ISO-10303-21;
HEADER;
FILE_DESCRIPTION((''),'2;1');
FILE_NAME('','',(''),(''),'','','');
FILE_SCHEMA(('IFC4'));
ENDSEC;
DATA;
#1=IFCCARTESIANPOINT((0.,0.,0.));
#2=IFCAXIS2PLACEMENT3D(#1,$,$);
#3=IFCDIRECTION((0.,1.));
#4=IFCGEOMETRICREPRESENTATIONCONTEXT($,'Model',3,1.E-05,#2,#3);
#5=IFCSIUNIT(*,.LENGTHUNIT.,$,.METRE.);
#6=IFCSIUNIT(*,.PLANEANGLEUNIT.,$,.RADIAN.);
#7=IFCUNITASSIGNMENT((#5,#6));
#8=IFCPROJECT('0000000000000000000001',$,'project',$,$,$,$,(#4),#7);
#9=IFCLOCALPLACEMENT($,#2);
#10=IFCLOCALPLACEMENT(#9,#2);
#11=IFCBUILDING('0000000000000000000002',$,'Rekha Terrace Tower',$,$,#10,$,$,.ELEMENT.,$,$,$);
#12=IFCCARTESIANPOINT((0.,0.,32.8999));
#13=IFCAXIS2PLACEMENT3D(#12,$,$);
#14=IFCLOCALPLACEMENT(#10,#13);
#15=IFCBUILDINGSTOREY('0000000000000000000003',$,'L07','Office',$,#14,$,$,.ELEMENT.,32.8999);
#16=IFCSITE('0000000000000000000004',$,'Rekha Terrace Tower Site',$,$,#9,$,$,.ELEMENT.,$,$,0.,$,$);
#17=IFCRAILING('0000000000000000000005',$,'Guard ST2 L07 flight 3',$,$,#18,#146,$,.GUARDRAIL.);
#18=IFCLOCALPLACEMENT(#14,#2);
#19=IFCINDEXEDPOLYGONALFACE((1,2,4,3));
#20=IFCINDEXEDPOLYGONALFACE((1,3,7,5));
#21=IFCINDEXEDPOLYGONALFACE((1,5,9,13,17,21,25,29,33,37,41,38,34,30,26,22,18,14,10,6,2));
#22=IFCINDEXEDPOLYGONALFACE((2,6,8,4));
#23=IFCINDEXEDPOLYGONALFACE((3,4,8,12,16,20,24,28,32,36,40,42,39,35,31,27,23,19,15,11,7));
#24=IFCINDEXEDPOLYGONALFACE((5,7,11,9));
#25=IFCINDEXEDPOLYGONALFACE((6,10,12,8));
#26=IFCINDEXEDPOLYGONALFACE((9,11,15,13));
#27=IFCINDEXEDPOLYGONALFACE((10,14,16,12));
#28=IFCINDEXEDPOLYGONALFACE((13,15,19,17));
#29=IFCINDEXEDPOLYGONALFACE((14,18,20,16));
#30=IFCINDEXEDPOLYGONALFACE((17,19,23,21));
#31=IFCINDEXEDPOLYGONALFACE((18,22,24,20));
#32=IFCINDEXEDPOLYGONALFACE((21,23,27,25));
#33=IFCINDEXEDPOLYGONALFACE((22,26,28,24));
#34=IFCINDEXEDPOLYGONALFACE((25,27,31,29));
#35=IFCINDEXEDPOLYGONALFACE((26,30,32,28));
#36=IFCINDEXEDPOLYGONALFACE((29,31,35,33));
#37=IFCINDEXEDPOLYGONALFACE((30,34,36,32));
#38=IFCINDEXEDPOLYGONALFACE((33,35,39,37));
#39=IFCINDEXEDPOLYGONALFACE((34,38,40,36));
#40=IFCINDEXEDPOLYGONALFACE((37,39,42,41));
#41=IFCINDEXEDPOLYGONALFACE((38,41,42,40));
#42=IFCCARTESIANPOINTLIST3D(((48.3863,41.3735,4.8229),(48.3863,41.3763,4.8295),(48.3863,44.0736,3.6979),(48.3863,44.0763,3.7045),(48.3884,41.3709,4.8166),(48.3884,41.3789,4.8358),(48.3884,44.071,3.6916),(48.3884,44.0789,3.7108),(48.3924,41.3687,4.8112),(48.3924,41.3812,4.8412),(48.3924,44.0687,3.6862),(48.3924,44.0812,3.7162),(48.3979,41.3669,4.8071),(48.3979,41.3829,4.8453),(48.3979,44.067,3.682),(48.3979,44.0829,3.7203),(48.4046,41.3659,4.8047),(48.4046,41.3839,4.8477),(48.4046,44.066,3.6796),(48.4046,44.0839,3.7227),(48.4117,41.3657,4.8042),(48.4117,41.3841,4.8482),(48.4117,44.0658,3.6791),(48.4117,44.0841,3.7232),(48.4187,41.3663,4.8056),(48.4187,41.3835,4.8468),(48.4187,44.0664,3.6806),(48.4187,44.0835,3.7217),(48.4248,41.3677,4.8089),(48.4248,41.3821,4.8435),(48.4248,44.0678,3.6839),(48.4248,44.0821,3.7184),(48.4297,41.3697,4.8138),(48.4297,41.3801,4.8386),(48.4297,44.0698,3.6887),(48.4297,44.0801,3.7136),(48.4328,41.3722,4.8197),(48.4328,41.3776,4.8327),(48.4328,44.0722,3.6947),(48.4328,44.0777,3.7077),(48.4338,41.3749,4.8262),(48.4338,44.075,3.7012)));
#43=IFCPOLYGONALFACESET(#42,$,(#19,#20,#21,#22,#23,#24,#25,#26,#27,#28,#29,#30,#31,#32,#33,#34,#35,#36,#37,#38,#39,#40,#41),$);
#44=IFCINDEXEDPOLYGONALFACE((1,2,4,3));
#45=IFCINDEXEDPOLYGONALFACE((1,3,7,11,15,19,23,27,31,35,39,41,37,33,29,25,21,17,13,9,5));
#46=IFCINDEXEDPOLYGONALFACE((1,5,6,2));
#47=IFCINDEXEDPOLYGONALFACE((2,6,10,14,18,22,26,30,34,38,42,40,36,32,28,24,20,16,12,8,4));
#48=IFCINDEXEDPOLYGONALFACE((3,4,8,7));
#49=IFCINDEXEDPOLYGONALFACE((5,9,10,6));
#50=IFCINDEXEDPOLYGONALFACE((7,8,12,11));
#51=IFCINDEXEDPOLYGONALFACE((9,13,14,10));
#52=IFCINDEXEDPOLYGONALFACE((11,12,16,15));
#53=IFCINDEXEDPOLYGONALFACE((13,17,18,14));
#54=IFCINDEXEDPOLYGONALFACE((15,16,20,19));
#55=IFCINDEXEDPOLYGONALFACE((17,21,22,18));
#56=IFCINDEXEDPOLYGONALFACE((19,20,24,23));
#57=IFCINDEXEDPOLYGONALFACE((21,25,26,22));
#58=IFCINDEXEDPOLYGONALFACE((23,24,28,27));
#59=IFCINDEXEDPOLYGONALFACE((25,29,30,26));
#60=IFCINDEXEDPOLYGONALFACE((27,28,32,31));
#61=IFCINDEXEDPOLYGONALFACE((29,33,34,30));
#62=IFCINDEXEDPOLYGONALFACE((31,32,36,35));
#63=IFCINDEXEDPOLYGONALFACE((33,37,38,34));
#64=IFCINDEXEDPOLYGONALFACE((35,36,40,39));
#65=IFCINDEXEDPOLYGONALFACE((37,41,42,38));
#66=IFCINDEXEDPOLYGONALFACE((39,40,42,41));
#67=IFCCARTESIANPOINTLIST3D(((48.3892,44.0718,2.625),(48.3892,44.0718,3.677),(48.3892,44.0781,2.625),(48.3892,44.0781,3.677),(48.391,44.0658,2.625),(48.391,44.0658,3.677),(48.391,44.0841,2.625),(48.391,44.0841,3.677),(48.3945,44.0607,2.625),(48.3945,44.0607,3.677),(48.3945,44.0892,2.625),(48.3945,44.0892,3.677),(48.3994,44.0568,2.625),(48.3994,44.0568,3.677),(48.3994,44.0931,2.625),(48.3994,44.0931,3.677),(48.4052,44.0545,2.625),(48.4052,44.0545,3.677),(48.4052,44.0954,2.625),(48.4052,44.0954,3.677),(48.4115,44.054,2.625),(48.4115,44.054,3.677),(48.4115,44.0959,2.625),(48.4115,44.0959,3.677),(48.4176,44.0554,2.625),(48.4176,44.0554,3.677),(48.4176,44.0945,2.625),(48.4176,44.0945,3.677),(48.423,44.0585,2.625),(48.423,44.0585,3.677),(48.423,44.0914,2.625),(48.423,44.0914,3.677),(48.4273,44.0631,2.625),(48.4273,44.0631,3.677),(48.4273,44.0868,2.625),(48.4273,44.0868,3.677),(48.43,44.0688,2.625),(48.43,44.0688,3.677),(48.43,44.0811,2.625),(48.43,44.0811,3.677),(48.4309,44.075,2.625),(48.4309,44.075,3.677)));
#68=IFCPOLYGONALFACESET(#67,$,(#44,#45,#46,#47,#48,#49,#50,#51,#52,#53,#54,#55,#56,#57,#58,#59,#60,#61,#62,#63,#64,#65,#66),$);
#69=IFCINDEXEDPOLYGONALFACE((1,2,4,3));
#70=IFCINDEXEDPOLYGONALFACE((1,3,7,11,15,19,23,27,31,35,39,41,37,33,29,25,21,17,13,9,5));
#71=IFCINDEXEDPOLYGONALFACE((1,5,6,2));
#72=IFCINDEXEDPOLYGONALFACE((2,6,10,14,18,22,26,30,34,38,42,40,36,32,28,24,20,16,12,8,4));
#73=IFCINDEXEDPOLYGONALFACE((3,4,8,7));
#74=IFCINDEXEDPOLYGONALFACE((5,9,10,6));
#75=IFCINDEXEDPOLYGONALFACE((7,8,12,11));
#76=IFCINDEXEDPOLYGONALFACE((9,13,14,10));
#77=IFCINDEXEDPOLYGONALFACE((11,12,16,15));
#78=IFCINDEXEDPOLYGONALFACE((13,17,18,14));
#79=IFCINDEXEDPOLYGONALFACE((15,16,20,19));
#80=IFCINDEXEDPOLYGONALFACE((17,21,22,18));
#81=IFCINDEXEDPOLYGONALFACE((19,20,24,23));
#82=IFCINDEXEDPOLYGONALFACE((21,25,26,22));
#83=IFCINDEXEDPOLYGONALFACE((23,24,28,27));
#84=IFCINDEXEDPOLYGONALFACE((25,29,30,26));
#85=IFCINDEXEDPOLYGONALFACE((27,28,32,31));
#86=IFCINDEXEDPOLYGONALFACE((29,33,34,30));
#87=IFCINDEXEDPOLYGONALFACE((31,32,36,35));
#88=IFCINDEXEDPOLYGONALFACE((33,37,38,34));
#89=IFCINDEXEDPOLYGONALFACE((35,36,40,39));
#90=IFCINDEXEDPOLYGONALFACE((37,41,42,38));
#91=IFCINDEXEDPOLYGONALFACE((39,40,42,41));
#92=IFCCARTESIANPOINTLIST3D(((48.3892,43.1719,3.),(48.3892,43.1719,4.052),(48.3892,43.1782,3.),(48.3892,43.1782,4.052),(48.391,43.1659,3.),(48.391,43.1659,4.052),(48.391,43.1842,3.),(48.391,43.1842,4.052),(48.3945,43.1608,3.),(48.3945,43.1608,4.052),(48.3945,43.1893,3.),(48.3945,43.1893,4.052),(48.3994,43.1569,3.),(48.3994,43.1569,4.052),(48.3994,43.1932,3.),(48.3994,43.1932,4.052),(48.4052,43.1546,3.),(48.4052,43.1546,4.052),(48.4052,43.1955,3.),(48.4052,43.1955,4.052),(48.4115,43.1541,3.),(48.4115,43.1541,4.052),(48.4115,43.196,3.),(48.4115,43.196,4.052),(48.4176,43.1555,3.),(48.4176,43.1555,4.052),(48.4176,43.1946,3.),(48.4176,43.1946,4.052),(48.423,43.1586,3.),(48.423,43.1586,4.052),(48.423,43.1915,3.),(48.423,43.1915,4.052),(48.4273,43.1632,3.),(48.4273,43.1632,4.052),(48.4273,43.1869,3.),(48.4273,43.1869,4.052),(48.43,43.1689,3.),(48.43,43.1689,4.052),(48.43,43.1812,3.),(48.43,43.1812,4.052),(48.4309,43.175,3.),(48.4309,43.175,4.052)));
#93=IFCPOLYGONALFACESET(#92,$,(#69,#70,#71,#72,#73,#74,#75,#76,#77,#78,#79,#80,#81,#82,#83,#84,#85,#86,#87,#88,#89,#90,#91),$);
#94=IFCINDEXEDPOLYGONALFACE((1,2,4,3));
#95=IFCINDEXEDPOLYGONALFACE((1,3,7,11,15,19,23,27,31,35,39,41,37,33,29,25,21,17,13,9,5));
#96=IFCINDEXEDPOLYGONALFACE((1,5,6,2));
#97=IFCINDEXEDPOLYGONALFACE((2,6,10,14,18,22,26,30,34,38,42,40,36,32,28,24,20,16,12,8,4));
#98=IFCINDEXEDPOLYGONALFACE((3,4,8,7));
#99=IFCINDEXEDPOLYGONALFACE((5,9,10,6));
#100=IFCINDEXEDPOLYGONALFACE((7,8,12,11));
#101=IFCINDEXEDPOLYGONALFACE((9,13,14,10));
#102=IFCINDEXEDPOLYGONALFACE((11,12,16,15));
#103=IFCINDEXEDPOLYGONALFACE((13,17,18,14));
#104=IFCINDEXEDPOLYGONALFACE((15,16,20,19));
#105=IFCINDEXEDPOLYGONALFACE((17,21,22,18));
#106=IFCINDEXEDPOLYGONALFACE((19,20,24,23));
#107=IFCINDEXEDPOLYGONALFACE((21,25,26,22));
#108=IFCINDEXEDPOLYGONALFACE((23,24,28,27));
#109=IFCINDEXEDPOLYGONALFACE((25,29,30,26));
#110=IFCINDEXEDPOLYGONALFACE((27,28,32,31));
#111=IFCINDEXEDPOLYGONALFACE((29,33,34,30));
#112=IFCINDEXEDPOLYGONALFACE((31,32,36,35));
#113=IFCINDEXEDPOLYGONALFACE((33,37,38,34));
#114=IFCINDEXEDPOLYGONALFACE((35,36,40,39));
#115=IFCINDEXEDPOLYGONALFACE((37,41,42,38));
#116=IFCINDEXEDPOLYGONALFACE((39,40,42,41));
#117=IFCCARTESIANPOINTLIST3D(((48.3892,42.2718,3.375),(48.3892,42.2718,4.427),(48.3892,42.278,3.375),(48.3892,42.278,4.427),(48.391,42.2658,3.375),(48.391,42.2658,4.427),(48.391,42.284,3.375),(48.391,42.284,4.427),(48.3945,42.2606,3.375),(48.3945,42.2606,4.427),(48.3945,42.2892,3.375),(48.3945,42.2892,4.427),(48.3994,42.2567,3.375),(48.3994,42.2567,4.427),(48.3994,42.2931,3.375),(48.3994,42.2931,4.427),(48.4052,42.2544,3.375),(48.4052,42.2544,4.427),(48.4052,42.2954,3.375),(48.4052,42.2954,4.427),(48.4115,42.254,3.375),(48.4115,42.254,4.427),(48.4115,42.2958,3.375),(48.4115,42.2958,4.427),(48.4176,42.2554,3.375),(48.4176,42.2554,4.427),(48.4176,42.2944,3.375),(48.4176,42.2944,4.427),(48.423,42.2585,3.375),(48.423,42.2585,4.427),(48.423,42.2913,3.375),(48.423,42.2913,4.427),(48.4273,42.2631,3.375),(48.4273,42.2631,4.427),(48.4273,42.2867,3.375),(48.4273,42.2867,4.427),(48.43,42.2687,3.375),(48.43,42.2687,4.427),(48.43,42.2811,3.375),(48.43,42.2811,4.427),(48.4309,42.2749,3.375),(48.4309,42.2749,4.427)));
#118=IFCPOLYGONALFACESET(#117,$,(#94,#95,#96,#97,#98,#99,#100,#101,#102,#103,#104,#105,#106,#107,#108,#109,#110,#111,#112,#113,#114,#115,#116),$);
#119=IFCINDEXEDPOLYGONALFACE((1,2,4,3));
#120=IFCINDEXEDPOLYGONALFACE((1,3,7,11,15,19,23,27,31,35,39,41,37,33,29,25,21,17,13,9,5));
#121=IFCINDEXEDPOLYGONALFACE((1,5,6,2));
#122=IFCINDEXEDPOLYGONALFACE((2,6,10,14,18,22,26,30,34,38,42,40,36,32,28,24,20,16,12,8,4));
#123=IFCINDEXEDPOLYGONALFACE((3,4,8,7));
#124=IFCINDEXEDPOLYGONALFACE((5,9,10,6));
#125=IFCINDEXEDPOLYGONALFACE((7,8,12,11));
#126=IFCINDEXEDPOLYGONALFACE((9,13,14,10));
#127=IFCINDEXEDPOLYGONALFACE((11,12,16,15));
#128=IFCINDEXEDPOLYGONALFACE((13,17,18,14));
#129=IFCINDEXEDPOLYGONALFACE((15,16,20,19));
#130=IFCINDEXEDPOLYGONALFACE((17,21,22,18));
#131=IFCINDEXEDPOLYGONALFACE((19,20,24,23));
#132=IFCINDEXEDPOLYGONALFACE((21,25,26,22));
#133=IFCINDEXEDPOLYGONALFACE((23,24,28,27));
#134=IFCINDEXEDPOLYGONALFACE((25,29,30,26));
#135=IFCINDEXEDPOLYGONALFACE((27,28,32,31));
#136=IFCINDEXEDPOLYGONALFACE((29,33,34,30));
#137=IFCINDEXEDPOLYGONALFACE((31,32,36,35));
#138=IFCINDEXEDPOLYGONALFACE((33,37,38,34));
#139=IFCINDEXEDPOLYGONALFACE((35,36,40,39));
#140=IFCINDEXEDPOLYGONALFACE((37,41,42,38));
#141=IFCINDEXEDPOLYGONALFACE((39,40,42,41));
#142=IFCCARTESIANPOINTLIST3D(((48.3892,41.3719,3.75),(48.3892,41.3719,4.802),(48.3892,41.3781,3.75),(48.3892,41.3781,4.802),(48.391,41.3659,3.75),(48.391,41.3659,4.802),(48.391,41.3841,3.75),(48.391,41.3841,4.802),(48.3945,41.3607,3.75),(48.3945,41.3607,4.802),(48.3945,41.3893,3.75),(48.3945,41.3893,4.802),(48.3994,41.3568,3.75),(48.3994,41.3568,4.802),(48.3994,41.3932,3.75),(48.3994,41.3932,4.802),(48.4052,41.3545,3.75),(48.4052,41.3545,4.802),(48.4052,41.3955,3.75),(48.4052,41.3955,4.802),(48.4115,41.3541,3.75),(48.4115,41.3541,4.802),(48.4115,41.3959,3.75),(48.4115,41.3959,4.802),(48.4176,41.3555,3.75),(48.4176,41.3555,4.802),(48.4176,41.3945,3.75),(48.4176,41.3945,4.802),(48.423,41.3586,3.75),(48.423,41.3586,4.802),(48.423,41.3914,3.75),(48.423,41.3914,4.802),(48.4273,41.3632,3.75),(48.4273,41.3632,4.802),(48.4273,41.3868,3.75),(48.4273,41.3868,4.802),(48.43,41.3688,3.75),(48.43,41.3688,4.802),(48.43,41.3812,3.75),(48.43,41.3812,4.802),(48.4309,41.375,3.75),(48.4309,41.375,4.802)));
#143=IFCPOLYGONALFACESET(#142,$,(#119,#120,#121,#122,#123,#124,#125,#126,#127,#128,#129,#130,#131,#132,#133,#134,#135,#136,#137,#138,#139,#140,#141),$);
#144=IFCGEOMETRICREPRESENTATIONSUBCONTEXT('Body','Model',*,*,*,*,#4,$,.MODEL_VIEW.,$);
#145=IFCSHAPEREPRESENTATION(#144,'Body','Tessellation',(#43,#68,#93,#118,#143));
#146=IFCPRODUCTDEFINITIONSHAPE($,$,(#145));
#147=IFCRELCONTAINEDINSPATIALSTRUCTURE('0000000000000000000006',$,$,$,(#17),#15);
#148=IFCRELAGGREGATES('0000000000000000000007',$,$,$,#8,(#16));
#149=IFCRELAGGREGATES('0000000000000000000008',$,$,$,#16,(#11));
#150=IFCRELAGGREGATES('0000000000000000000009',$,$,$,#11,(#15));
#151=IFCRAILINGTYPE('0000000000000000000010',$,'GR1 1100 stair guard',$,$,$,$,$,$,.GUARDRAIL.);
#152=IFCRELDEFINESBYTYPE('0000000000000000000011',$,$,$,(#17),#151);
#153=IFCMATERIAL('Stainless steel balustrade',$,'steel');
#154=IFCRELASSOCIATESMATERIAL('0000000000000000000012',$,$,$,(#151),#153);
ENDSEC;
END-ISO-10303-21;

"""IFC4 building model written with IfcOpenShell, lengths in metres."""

from ifc_helpers import new_model, si_unit, direction, frame, origin, origin_2d, place, context, subcontext, project, spatial, circle, extrude, material, type_object, element, save


model = new_model("IFC4")

# Units and contexts
model_context = context("Model", 3, precision=1e-05, world=origin(), true_north=direction((0.0, 1.0)))
body_context = subcontext(model_context, "Body", "Model", "MODEL_VIEW")
ifc_project = project(units=[si_unit("LENGTHUNIT", "METRE"), si_unit("PLANEANGLEUNIT", "RADIAN")], contexts=[model_context])

# Site, building, storey
site_placement = place(None, origin())
site = spatial("IfcSite", under=ifc_project, at=site_placement, Name="Rekha Terrace Tower Site", CompositionType="ELEMENT", RefElevation=0.0)
building_placement = place(site_placement, origin())
building = spatial("IfcBuilding", under=site, at=building_placement, Name="Rekha Terrace Tower", CompositionType="ELEMENT")
storey_placement = place(building_placement, frame((0.0, 0.0, 32.8999)))
storey = spatial("IfcBuildingStorey", under=building, at=storey_placement, Name="L07", Description="Office", CompositionType="ELEMENT", Elevation=32.8999)

# Railing
ifc_material_1 = material(Name="Stainless steel balustrade", Category="steel")
railing_type_1 = type_object("IfcRailingType", Name="GR1 1100 stair guard", PredefinedType="GUARDRAIL", material=ifc_material_1)
railing_1_placement = place(storey_placement, frame((48.4099, 44.075, 2.625)))
element("IfcRailing", 1, at=railing_1_placement, inside=storey, type_object=railing_type_1, Name="Guard ST2 L07 flight 3", PredefinedType="GUARDRAIL", context=body_context, shape_type="SweptSolid", body=[
    extrude(circle(Radius=0.0239, at=origin_2d()), frame((0.0, 0.0, 1.0762), z_axis=(0.0, -0.923074, 0.384621), x_axis=(1.0, 0.0, 0.0)), (0.0, 0.0, 1.0), 2.925),
    extrude(circle(Radius=0.021, at=origin_2d()), origin(), (0.0, 0.0, 1.0), 1.052),
    extrude(circle(Radius=0.021, at=origin_2d()), frame((0.0, -0.8999, 0.375)), (0.0, 0.0, 1.0), 1.052),
    extrude(circle(Radius=0.021, at=origin_2d()), frame((0.0, -1.8, 0.75)), (0.0, 0.0, 1.0), 1.052),
    extrude(circle(Radius=0.021, at=origin_2d()), frame((0.0, -2.7, 1.125)), (0.0, 0.0, 1.0), 1.052),
])

save(model, "model.ifc")
